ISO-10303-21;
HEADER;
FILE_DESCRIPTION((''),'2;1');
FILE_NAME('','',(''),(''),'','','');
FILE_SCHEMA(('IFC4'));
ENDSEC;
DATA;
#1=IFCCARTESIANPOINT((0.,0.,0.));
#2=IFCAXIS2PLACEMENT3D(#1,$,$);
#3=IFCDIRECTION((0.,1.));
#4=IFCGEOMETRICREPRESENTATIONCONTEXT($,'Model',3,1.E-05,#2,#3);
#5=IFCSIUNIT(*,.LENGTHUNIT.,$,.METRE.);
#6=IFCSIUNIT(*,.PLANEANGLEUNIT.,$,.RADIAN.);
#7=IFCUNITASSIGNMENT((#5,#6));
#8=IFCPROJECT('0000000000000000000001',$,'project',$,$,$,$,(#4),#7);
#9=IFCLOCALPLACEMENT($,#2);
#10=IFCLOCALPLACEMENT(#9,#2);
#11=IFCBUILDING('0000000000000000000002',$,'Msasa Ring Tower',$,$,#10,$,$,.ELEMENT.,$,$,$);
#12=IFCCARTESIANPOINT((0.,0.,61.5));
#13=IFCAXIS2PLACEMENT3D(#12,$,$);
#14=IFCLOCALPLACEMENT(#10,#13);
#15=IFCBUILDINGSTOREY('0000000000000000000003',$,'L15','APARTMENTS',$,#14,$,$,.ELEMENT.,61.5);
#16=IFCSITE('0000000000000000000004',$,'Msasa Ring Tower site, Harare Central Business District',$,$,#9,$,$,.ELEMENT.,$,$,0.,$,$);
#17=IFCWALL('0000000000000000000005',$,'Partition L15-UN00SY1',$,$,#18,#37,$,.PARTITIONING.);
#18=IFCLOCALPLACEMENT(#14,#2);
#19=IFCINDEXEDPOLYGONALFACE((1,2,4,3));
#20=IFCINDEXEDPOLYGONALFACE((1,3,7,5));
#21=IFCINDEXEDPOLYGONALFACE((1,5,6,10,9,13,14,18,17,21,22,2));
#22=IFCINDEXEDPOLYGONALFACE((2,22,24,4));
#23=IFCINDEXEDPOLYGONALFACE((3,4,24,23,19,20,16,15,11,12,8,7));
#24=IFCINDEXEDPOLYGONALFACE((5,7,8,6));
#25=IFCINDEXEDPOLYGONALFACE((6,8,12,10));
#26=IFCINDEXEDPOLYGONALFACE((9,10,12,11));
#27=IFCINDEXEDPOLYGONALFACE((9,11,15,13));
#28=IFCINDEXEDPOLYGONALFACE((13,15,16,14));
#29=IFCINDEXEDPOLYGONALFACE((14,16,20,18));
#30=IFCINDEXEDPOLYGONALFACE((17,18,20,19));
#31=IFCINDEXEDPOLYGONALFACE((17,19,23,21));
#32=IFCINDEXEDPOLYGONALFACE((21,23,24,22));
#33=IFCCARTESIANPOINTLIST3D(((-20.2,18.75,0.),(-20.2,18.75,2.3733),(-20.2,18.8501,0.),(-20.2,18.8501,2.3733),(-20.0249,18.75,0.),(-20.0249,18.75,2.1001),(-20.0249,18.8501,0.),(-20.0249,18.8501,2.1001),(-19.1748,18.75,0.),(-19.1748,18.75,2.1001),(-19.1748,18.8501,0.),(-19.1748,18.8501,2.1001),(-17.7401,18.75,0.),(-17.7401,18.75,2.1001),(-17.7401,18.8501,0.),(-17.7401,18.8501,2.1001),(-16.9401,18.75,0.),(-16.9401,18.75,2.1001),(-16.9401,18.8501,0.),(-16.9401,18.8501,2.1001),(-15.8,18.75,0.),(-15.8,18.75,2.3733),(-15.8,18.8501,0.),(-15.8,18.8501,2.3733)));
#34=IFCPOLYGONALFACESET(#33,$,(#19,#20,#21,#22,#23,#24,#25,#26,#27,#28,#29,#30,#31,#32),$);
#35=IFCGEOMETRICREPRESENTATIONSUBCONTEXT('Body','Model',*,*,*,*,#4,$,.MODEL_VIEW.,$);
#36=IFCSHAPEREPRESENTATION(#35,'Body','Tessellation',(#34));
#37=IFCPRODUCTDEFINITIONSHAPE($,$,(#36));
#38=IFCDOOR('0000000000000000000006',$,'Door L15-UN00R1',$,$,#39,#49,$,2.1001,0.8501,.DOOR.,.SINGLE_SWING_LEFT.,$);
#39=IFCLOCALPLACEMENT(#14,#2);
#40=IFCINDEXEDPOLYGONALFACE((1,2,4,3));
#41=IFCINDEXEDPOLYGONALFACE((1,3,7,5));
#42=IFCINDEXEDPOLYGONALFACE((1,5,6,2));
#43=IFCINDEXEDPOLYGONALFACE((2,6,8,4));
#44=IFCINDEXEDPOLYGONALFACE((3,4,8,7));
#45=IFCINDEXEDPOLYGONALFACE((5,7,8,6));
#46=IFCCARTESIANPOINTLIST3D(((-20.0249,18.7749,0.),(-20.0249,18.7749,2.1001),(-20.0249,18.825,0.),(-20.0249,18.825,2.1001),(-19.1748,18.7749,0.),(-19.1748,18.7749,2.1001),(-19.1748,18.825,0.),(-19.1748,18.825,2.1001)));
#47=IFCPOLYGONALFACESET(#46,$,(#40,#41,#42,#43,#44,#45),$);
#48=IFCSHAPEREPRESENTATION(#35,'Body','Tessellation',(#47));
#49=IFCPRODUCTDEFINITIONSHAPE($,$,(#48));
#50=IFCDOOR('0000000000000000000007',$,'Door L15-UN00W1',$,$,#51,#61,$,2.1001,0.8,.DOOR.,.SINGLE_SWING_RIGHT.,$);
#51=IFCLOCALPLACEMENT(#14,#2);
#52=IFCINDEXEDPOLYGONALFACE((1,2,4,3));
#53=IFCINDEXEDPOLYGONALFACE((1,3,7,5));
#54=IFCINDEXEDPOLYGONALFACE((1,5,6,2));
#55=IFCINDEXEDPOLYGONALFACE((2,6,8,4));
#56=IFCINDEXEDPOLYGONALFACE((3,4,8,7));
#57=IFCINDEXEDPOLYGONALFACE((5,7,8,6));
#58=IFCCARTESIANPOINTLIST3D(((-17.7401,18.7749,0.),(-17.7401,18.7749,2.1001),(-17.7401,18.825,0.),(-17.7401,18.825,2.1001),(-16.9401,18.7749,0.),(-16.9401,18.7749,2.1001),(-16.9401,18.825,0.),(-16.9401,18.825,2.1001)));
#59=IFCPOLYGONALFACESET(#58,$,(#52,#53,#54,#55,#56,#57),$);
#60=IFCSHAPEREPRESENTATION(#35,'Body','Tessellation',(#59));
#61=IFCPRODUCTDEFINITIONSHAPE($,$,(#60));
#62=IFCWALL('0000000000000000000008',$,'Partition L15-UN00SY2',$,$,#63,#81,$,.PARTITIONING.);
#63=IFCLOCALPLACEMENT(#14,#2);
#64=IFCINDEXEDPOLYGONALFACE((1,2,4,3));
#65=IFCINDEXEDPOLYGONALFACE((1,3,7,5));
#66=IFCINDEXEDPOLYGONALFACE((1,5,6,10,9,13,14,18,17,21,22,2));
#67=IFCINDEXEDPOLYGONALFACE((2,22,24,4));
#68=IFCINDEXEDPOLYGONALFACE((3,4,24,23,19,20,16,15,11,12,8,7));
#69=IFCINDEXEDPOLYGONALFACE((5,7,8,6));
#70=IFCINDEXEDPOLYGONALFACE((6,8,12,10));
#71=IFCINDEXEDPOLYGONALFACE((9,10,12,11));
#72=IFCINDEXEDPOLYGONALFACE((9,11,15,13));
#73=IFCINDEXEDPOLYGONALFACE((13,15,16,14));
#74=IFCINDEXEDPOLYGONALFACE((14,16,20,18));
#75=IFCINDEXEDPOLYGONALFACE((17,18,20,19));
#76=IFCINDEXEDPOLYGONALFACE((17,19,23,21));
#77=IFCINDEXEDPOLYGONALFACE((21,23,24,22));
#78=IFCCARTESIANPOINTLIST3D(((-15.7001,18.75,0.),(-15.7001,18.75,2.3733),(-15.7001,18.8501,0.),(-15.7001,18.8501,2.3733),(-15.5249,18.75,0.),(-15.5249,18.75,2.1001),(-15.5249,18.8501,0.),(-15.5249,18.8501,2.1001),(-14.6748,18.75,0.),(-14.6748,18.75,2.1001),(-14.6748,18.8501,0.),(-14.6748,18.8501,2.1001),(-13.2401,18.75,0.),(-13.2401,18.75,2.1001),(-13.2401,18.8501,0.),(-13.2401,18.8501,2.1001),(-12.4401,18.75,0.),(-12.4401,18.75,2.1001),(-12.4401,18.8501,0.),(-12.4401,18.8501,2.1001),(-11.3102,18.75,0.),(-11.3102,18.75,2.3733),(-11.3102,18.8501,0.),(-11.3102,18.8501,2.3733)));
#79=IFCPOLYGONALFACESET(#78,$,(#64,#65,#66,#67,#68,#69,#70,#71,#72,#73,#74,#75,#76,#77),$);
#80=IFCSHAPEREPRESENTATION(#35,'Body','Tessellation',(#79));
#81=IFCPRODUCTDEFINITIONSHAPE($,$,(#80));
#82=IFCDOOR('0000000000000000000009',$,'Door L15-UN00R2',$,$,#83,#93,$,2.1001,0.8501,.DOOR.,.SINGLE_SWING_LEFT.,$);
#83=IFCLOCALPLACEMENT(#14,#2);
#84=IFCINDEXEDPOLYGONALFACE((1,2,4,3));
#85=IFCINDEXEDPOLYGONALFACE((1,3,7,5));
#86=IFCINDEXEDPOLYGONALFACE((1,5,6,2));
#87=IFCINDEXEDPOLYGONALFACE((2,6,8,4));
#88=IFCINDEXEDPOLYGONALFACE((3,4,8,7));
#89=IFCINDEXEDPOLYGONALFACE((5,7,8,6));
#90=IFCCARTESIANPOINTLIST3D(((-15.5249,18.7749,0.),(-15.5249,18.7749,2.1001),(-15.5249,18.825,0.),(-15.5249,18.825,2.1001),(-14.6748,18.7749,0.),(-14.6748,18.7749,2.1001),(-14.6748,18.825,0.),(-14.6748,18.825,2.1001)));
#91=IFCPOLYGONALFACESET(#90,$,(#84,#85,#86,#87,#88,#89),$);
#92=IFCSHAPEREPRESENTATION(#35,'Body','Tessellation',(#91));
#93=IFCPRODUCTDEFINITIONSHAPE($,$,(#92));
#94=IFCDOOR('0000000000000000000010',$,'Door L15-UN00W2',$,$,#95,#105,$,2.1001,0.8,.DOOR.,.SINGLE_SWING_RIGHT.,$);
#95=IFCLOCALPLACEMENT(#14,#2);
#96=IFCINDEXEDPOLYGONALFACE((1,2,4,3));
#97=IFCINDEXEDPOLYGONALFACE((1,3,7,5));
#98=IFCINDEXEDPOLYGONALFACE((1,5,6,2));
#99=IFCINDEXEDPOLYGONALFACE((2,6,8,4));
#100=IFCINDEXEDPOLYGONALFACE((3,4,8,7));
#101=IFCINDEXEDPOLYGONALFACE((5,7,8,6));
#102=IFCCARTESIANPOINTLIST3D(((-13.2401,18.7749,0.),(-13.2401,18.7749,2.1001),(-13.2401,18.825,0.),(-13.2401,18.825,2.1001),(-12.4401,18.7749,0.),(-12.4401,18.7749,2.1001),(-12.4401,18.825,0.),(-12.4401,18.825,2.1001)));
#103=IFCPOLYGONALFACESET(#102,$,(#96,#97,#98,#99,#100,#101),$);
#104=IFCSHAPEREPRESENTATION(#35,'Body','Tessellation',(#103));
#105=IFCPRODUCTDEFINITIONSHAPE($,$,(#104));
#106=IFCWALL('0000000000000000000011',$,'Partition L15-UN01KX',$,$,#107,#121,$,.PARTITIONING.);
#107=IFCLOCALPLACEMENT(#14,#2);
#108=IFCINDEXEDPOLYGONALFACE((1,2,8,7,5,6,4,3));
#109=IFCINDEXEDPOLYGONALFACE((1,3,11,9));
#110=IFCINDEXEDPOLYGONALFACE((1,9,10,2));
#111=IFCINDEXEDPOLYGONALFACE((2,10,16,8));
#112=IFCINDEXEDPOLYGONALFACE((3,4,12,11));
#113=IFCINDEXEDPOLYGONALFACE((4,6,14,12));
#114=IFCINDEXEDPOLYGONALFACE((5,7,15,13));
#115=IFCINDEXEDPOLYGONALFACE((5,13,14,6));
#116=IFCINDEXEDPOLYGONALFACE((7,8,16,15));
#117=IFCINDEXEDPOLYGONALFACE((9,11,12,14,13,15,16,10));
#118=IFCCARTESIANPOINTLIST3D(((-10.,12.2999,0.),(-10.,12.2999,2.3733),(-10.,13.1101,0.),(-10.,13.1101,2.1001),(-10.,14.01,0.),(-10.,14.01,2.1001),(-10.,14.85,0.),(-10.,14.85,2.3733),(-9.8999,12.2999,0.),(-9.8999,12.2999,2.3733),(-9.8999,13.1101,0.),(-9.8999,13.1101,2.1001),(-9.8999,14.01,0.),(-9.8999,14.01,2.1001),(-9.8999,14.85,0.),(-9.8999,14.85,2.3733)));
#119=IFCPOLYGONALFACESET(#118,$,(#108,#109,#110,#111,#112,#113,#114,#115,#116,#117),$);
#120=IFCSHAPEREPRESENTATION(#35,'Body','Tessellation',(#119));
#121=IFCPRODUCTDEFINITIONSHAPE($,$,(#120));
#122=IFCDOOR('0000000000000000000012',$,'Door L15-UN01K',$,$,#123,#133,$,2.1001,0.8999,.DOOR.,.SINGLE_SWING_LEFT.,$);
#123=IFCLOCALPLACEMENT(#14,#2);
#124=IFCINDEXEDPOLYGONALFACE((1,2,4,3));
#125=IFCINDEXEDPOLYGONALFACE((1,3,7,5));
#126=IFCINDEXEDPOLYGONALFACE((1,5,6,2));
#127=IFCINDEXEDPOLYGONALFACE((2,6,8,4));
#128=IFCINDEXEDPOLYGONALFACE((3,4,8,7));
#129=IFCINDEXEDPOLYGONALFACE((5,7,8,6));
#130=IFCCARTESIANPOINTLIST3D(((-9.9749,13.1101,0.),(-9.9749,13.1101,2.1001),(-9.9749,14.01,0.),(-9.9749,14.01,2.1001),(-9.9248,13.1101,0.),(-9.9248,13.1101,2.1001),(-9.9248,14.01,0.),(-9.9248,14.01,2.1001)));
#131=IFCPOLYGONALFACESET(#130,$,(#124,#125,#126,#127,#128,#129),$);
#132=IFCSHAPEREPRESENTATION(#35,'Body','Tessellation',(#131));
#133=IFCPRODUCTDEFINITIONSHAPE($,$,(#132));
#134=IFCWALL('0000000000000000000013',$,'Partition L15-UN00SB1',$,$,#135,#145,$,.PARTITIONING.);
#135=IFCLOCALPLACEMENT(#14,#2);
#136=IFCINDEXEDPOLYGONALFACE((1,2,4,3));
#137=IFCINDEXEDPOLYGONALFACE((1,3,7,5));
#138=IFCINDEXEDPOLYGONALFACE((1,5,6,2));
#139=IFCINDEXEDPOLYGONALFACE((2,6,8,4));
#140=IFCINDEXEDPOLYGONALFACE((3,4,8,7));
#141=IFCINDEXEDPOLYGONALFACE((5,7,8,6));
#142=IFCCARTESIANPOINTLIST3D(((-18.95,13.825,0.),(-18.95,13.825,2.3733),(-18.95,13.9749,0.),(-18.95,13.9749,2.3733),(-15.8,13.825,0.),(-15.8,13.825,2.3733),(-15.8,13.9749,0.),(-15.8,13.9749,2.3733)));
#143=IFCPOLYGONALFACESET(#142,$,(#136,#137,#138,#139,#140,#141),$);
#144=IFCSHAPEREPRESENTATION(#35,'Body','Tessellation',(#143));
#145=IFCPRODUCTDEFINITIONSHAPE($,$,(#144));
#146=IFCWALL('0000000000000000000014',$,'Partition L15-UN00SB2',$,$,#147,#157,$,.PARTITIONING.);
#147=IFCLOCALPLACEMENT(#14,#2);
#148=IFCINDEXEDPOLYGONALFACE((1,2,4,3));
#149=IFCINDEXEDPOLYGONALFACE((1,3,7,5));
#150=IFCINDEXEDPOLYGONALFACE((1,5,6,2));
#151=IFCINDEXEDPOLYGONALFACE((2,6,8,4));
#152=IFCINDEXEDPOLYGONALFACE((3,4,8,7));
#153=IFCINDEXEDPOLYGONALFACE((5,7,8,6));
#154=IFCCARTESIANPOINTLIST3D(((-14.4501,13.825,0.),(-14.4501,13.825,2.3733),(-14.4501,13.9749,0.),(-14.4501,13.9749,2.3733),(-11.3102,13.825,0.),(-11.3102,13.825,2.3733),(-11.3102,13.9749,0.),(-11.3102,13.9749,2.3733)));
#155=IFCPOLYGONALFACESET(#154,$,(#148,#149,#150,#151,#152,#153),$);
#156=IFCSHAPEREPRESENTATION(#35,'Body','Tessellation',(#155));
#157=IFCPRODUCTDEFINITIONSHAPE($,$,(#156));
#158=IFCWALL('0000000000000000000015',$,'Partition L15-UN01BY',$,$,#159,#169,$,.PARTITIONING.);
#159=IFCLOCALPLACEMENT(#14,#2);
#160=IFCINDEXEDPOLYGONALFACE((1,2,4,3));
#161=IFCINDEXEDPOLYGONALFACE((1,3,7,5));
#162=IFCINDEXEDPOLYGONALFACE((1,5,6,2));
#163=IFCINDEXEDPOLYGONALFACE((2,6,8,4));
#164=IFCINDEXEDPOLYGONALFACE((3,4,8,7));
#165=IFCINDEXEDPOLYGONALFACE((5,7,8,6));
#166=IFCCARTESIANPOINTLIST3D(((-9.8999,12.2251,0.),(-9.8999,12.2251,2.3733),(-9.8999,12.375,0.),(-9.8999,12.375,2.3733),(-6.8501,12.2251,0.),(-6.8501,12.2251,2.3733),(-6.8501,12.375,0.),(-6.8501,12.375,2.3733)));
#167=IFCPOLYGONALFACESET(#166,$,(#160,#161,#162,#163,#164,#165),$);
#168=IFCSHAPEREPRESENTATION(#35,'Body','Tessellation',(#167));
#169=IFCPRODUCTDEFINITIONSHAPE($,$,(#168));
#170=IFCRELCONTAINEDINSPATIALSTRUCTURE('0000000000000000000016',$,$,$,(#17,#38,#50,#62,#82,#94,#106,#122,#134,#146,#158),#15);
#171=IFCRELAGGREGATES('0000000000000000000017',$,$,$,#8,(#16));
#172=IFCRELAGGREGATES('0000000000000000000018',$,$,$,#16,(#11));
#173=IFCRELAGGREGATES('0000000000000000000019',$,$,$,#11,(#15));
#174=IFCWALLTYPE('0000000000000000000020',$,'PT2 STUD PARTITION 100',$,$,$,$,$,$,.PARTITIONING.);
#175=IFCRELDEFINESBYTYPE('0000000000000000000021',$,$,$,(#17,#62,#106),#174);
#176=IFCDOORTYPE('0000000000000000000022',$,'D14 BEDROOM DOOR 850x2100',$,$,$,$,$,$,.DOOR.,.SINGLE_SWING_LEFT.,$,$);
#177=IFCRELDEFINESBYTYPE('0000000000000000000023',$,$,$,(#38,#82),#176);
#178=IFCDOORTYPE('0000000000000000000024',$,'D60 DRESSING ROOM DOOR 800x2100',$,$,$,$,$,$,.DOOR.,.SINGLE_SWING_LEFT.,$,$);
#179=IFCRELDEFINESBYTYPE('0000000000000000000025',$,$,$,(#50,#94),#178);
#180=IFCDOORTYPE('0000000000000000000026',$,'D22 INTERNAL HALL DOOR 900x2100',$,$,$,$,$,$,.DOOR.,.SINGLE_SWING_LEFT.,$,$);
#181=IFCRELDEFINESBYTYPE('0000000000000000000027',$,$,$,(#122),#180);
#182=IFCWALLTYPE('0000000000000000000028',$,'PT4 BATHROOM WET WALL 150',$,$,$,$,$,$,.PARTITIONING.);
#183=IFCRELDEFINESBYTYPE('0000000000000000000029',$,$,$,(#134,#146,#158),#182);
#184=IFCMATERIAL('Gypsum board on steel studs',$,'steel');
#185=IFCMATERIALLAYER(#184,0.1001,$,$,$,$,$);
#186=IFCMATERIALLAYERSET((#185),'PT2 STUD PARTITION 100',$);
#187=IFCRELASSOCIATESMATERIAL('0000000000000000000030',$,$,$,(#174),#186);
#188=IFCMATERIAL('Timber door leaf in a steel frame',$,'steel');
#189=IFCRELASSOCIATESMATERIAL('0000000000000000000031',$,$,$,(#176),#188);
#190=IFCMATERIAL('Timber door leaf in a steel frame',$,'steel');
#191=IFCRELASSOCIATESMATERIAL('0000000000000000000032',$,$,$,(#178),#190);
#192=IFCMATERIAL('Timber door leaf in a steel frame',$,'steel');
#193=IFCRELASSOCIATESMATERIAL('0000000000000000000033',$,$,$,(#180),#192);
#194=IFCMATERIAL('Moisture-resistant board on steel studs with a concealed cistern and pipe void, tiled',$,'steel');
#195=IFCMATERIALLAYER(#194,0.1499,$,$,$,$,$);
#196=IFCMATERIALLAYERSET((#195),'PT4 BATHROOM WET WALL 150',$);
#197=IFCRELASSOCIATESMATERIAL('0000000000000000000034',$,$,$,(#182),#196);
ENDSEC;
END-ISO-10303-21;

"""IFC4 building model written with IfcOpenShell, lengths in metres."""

from ifc_helpers import new_model, si_unit, direction, frame, frame_2d, origin, place, context, subcontext, project, spatial, rectangle, extrude, material, layer, layer_set, type_object, element, fill, save


model = new_model("IFC4")

# Units and contexts
model_context = context("Model", 3, precision=1e-05, world=origin(), true_north=direction((0.0, 1.0)))
body_context = subcontext(model_context, "Body", "Model", "MODEL_VIEW")
ifc_project = project(units=[si_unit("LENGTHUNIT", "METRE"), si_unit("PLANEANGLEUNIT", "RADIAN")], contexts=[model_context])

# Site, building, storey
site_placement = place(None, origin())
site = spatial("IfcSite", under=ifc_project, at=site_placement, Name="Msasa Ring Tower site, Harare Central Business District", CompositionType="ELEMENT", RefElevation=0.0)
building_placement = place(site_placement, origin())
building = spatial("IfcBuilding", under=site, at=building_placement, Name="Msasa Ring Tower", CompositionType="ELEMENT")
storey_placement = place(building_placement, frame((0.0, 0.0, 61.5)))
storey = spatial("IfcBuildingStorey", under=building, at=storey_placement, Name="L15", Description="APARTMENTS", CompositionType="ELEMENT", Elevation=61.5)

# Walls, openings, doors
ifc_material_1 = material(Name="Gypsum board on steel studs", Category="steel")
ifc_layer_1 = layer(ifc_material_1, 0.1001)
ifc_layer_set_1 = layer_set([ifc_layer_1], Name="PT2 STUD PARTITION 100")
wall_type_1 = type_object("IfcWallType", Name="PT2 STUD PARTITION 100", PredefinedType="PARTITIONING", material=ifc_layer_set_1)
wall_1_placement = place(storey_placement, frame((-20.2, 18.8, 0.0), z_axis=(0.0, 0.0, 1.0), x_axis=(1.0, 0.0, 0.0)))
wall_1 = element("IfcWall", 1, at=wall_1_placement, inside=storey, type_object=wall_type_1, Name="Partition L15-UN00SY1", PredefinedType="PARTITIONING", context=body_context, shape_type="SweptSolid", body=[
    extrude(rectangle(XDim=4.3999, YDim=0.1001, at=frame_2d((2.2, 0.0))), origin(), (0.0, 0.0, 1.0), 2.3733),
])
opening_1_placement = place(wall_1_placement, frame((0.175, 0.0, 0.0)))
opening_1 = element("IfcOpeningElement", 2, at=opening_1_placement, cuts=wall_1, PredefinedType="OPENING", context=body_context, shape_type="SweptSolid", body=[
    extrude(rectangle(XDim=0.8501, YDim=2.1001, at=frame_2d((0.425, 1.05))), frame((0.0, 0.0601, 0.0), z_axis=(0.0, -1.0, 0.0), x_axis=(1.0, 0.0, 0.0)), (0.0, 0.0, 1.0), 0.1201),
])
opening_2_placement = place(wall_1_placement, frame((2.46, 0.0, 0.0)))
opening_2 = element("IfcOpeningElement", 3, at=opening_2_placement, cuts=wall_1, PredefinedType="OPENING", context=body_context, shape_type="SweptSolid", body=[
    extrude(rectangle(XDim=0.8, YDim=2.1001, at=frame_2d((0.3999, 1.05))), frame((0.0, 0.0601, 0.0), z_axis=(0.0, -1.0, 0.0), x_axis=(1.0, 0.0, 0.0)), (0.0, 0.0, 1.0), 0.1201),
])
ifc_material_2 = material(Name="Timber door leaf in a steel frame", Category="steel")
door_type_1 = type_object("IfcDoorType", Name="D14 BEDROOM DOOR 850x2100", OperationType="SINGLE_SWING_LEFT", PredefinedType="DOOR", material=ifc_material_2)
door_1_placement = place(opening_1_placement, origin())
door_1 = element("IfcDoor", 4, at=door_1_placement, inside=storey, type_object=door_type_1, Name="Door L15-UN00R1", OperationType="SINGLE_SWING_LEFT", OverallHeight=2.1001, OverallWidth=0.8501, PredefinedType="DOOR", context=body_context, shape_type="SweptSolid", body=[
    extrude(rectangle(XDim=0.8501, YDim=2.1001, at=frame_2d((0.425, 1.05))), frame((0.0, 0.0249, 0.0), z_axis=(0.0, -1.0, 0.0), x_axis=(1.0, 0.0, 0.0)), (0.0, 0.0, 1.0), 0.05),
])
fill(opening_1, door_1)
ifc_material_3 = material(Name="Timber door leaf in a steel frame", Category="steel")
door_type_2 = type_object("IfcDoorType", Name="D60 DRESSING ROOM DOOR 800x2100", OperationType="SINGLE_SWING_LEFT", PredefinedType="DOOR", material=ifc_material_3)
door_2_placement = place(opening_2_placement, origin())
door_2 = element("IfcDoor", 5, at=door_2_placement, inside=storey, type_object=door_type_2, Name="Door L15-UN00W1", OperationType="SINGLE_SWING_RIGHT", OverallHeight=2.1001, OverallWidth=0.8, PredefinedType="DOOR", context=body_context, shape_type="SweptSolid", body=[
    extrude(rectangle(XDim=0.8, YDim=2.1001, at=frame_2d((0.3999, 1.05))), frame((0.0, 0.0249, 0.0), z_axis=(0.0, -1.0, 0.0), x_axis=(1.0, 0.0, 0.0)), (0.0, 0.0, 1.0), 0.05),
])
fill(opening_2, door_2)
wall_2_placement = place(storey_placement, frame((-15.7, 18.8, 0.0), z_axis=(0.0, 0.0, 1.0), x_axis=(1.0, 0.0, 0.0)))
wall_2 = element("IfcWall", 6, at=wall_2_placement, inside=storey, type_object=wall_type_1, Name="Partition L15-UN00SY2", PredefinedType="PARTITIONING", context=body_context, shape_type="SweptSolid", body=[
    extrude(rectangle(XDim=4.3899, YDim=0.1001, at=frame_2d((2.1948, 0.0))), origin(), (0.0, 0.0, 1.0), 2.3733),
])
opening_3_placement = place(wall_2_placement, frame((0.175, 0.0, 0.0)))
opening_3 = element("IfcOpeningElement", 7, at=opening_3_placement, cuts=wall_2, PredefinedType="OPENING", context=body_context, shape_type="SweptSolid", body=[
    extrude(rectangle(XDim=0.8501, YDim=2.1001, at=frame_2d((0.425, 1.05))), frame((0.0, 0.0601, 0.0), z_axis=(0.0, -1.0, 0.0), x_axis=(1.0, 0.0, 0.0)), (0.0, 0.0, 1.0), 0.1201),
])
opening_4_placement = place(wall_2_placement, frame((2.46, 0.0, 0.0)))
opening_4 = element("IfcOpeningElement", 8, at=opening_4_placement, cuts=wall_2, PredefinedType="OPENING", context=body_context, shape_type="SweptSolid", body=[
    extrude(rectangle(XDim=0.8, YDim=2.1001, at=frame_2d((0.3999, 1.05))), frame((0.0, 0.0601, 0.0), z_axis=(0.0, -1.0, 0.0), x_axis=(1.0, 0.0, 0.0)), (0.0, 0.0, 1.0), 0.1201),
])
door_3_placement = place(opening_3_placement, origin())
door_3 = element("IfcDoor", 9, at=door_3_placement, inside=storey, type_object=door_type_1, Name="Door L15-UN00R2", OperationType="SINGLE_SWING_LEFT", OverallHeight=2.1001, OverallWidth=0.8501, PredefinedType="DOOR", context=body_context, shape_type="SweptSolid", body=[
    extrude(rectangle(XDim=0.8501, YDim=2.1001, at=frame_2d((0.425, 1.05))), frame((0.0, 0.0249, 0.0), z_axis=(0.0, -1.0, 0.0), x_axis=(1.0, 0.0, 0.0)), (0.0, 0.0, 1.0), 0.05),
])
fill(opening_3, door_3)
door_4_placement = place(opening_4_placement, origin())
door_4 = element("IfcDoor", 10, at=door_4_placement, inside=storey, type_object=door_type_2, Name="Door L15-UN00W2", OperationType="SINGLE_SWING_RIGHT", OverallHeight=2.1001, OverallWidth=0.8, PredefinedType="DOOR", context=body_context, shape_type="SweptSolid", body=[
    extrude(rectangle(XDim=0.8, YDim=2.1001, at=frame_2d((0.3999, 1.05))), frame((0.0, 0.0249, 0.0), z_axis=(0.0, -1.0, 0.0), x_axis=(1.0, 0.0, 0.0)), (0.0, 0.0, 1.0), 0.05),
])
fill(opening_4, door_4)

# Wall, opening, door
wall_3_placement = place(storey_placement, frame((-9.95, 12.3, 0.0), z_axis=(0.0, 0.0, 1.0), x_axis=(0.0, 1.0, 0.0)))
wall_3 = element("IfcWall", 11, at=wall_3_placement, inside=storey, type_object=wall_type_1, Name="Partition L15-UN01KX", PredefinedType="PARTITIONING", context=body_context, shape_type="SweptSolid", body=[
    extrude(rectangle(XDim=2.55, YDim=0.1001, at=frame_2d((1.2749, 0.0))), origin(), (0.0, 0.0, 1.0), 2.3733),
])
opening_5_placement = place(wall_3_placement, frame((0.8101, 0.0, 0.0)))
opening_5 = element("IfcOpeningElement", 12, at=opening_5_placement, cuts=wall_3, PredefinedType="OPENING", context=body_context, shape_type="SweptSolid", body=[
    extrude(rectangle(XDim=0.8999, YDim=2.1001, at=frame_2d((0.45, 1.05))), frame((0.0, 0.0601, 0.0), z_axis=(0.0, -1.0, 0.0), x_axis=(1.0, 0.0, 0.0)), (0.0, 0.0, 1.0), 0.1201),
])
ifc_material_4 = material(Name="Timber door leaf in a steel frame", Category="steel")
door_type_3 = type_object("IfcDoorType", Name="D22 INTERNAL HALL DOOR 900x2100", OperationType="SINGLE_SWING_LEFT", PredefinedType="DOOR", material=ifc_material_4)
door_5_placement = place(opening_5_placement, origin())
door_5 = element("IfcDoor", 13, at=door_5_placement, inside=storey, type_object=door_type_3, Name="Door L15-UN01K", OperationType="SINGLE_SWING_LEFT", OverallHeight=2.1001, OverallWidth=0.8999, PredefinedType="DOOR", context=body_context, shape_type="SweptSolid", body=[
    extrude(rectangle(XDim=0.8999, YDim=2.1001, at=frame_2d((0.45, 1.05))), frame((0.0, 0.0249, 0.0), z_axis=(0.0, -1.0, 0.0), x_axis=(1.0, 0.0, 0.0)), (0.0, 0.0, 1.0), 0.05),
])
fill(opening_5, door_5)

# Walls
ifc_material_5 = material(Name="Moisture-resistant board on steel studs with a concealed cistern and pipe void, tiled", Category="steel")
ifc_layer_2 = layer(ifc_material_5, 0.1499)
ifc_layer_set_2 = layer_set([ifc_layer_2], Name="PT4 BATHROOM WET WALL 150")
wall_type_2 = type_object("IfcWallType", Name="PT4 BATHROOM WET WALL 150", PredefinedType="PARTITIONING", material=ifc_layer_set_2)
wall_4_placement = place(storey_placement, frame((-18.95, 13.8999, 0.0), z_axis=(0.0, 0.0, 1.0), x_axis=(1.0, 0.0, 0.0)))
element("IfcWall", 14, at=wall_4_placement, inside=storey, type_object=wall_type_2, Name="Partition L15-UN00SB1", PredefinedType="PARTITIONING", context=body_context, shape_type="SweptSolid", body=[
    extrude(rectangle(XDim=3.1499, YDim=0.1499, at=frame_2d((1.575, 0.0))), origin(), (0.0, 0.0, 1.0), 2.3733),
])
wall_5_placement = place(storey_placement, frame((-14.45, 13.8999, 0.0), z_axis=(0.0, 0.0, 1.0), x_axis=(1.0, 0.0, 0.0)))
element("IfcWall", 15, at=wall_5_placement, inside=storey, type_object=wall_type_2, Name="Partition L15-UN00SB2", PredefinedType="PARTITIONING", context=body_context, shape_type="SweptSolid", body=[
    extrude(rectangle(XDim=3.1399, YDim=0.1499, at=frame_2d((1.5698, 0.0))), origin(), (0.0, 0.0, 1.0), 2.3733),
])
wall_6_placement = place(storey_placement, frame((-9.8999, 12.3, 0.0), z_axis=(0.0, 0.0, 1.0), x_axis=(1.0, 0.0, 0.0)))
element("IfcWall", 16, at=wall_6_placement, inside=storey, type_object=wall_type_2, Name="Partition L15-UN01BY", PredefinedType="PARTITIONING", context=body_context, shape_type="SweptSolid", body=[
    extrude(rectangle(XDim=3.0498, YDim=0.1499, at=frame_2d((1.5249, 0.0))), origin(), (0.0, 0.0, 1.0), 2.3733),
])

save(model, "model.ifc")
